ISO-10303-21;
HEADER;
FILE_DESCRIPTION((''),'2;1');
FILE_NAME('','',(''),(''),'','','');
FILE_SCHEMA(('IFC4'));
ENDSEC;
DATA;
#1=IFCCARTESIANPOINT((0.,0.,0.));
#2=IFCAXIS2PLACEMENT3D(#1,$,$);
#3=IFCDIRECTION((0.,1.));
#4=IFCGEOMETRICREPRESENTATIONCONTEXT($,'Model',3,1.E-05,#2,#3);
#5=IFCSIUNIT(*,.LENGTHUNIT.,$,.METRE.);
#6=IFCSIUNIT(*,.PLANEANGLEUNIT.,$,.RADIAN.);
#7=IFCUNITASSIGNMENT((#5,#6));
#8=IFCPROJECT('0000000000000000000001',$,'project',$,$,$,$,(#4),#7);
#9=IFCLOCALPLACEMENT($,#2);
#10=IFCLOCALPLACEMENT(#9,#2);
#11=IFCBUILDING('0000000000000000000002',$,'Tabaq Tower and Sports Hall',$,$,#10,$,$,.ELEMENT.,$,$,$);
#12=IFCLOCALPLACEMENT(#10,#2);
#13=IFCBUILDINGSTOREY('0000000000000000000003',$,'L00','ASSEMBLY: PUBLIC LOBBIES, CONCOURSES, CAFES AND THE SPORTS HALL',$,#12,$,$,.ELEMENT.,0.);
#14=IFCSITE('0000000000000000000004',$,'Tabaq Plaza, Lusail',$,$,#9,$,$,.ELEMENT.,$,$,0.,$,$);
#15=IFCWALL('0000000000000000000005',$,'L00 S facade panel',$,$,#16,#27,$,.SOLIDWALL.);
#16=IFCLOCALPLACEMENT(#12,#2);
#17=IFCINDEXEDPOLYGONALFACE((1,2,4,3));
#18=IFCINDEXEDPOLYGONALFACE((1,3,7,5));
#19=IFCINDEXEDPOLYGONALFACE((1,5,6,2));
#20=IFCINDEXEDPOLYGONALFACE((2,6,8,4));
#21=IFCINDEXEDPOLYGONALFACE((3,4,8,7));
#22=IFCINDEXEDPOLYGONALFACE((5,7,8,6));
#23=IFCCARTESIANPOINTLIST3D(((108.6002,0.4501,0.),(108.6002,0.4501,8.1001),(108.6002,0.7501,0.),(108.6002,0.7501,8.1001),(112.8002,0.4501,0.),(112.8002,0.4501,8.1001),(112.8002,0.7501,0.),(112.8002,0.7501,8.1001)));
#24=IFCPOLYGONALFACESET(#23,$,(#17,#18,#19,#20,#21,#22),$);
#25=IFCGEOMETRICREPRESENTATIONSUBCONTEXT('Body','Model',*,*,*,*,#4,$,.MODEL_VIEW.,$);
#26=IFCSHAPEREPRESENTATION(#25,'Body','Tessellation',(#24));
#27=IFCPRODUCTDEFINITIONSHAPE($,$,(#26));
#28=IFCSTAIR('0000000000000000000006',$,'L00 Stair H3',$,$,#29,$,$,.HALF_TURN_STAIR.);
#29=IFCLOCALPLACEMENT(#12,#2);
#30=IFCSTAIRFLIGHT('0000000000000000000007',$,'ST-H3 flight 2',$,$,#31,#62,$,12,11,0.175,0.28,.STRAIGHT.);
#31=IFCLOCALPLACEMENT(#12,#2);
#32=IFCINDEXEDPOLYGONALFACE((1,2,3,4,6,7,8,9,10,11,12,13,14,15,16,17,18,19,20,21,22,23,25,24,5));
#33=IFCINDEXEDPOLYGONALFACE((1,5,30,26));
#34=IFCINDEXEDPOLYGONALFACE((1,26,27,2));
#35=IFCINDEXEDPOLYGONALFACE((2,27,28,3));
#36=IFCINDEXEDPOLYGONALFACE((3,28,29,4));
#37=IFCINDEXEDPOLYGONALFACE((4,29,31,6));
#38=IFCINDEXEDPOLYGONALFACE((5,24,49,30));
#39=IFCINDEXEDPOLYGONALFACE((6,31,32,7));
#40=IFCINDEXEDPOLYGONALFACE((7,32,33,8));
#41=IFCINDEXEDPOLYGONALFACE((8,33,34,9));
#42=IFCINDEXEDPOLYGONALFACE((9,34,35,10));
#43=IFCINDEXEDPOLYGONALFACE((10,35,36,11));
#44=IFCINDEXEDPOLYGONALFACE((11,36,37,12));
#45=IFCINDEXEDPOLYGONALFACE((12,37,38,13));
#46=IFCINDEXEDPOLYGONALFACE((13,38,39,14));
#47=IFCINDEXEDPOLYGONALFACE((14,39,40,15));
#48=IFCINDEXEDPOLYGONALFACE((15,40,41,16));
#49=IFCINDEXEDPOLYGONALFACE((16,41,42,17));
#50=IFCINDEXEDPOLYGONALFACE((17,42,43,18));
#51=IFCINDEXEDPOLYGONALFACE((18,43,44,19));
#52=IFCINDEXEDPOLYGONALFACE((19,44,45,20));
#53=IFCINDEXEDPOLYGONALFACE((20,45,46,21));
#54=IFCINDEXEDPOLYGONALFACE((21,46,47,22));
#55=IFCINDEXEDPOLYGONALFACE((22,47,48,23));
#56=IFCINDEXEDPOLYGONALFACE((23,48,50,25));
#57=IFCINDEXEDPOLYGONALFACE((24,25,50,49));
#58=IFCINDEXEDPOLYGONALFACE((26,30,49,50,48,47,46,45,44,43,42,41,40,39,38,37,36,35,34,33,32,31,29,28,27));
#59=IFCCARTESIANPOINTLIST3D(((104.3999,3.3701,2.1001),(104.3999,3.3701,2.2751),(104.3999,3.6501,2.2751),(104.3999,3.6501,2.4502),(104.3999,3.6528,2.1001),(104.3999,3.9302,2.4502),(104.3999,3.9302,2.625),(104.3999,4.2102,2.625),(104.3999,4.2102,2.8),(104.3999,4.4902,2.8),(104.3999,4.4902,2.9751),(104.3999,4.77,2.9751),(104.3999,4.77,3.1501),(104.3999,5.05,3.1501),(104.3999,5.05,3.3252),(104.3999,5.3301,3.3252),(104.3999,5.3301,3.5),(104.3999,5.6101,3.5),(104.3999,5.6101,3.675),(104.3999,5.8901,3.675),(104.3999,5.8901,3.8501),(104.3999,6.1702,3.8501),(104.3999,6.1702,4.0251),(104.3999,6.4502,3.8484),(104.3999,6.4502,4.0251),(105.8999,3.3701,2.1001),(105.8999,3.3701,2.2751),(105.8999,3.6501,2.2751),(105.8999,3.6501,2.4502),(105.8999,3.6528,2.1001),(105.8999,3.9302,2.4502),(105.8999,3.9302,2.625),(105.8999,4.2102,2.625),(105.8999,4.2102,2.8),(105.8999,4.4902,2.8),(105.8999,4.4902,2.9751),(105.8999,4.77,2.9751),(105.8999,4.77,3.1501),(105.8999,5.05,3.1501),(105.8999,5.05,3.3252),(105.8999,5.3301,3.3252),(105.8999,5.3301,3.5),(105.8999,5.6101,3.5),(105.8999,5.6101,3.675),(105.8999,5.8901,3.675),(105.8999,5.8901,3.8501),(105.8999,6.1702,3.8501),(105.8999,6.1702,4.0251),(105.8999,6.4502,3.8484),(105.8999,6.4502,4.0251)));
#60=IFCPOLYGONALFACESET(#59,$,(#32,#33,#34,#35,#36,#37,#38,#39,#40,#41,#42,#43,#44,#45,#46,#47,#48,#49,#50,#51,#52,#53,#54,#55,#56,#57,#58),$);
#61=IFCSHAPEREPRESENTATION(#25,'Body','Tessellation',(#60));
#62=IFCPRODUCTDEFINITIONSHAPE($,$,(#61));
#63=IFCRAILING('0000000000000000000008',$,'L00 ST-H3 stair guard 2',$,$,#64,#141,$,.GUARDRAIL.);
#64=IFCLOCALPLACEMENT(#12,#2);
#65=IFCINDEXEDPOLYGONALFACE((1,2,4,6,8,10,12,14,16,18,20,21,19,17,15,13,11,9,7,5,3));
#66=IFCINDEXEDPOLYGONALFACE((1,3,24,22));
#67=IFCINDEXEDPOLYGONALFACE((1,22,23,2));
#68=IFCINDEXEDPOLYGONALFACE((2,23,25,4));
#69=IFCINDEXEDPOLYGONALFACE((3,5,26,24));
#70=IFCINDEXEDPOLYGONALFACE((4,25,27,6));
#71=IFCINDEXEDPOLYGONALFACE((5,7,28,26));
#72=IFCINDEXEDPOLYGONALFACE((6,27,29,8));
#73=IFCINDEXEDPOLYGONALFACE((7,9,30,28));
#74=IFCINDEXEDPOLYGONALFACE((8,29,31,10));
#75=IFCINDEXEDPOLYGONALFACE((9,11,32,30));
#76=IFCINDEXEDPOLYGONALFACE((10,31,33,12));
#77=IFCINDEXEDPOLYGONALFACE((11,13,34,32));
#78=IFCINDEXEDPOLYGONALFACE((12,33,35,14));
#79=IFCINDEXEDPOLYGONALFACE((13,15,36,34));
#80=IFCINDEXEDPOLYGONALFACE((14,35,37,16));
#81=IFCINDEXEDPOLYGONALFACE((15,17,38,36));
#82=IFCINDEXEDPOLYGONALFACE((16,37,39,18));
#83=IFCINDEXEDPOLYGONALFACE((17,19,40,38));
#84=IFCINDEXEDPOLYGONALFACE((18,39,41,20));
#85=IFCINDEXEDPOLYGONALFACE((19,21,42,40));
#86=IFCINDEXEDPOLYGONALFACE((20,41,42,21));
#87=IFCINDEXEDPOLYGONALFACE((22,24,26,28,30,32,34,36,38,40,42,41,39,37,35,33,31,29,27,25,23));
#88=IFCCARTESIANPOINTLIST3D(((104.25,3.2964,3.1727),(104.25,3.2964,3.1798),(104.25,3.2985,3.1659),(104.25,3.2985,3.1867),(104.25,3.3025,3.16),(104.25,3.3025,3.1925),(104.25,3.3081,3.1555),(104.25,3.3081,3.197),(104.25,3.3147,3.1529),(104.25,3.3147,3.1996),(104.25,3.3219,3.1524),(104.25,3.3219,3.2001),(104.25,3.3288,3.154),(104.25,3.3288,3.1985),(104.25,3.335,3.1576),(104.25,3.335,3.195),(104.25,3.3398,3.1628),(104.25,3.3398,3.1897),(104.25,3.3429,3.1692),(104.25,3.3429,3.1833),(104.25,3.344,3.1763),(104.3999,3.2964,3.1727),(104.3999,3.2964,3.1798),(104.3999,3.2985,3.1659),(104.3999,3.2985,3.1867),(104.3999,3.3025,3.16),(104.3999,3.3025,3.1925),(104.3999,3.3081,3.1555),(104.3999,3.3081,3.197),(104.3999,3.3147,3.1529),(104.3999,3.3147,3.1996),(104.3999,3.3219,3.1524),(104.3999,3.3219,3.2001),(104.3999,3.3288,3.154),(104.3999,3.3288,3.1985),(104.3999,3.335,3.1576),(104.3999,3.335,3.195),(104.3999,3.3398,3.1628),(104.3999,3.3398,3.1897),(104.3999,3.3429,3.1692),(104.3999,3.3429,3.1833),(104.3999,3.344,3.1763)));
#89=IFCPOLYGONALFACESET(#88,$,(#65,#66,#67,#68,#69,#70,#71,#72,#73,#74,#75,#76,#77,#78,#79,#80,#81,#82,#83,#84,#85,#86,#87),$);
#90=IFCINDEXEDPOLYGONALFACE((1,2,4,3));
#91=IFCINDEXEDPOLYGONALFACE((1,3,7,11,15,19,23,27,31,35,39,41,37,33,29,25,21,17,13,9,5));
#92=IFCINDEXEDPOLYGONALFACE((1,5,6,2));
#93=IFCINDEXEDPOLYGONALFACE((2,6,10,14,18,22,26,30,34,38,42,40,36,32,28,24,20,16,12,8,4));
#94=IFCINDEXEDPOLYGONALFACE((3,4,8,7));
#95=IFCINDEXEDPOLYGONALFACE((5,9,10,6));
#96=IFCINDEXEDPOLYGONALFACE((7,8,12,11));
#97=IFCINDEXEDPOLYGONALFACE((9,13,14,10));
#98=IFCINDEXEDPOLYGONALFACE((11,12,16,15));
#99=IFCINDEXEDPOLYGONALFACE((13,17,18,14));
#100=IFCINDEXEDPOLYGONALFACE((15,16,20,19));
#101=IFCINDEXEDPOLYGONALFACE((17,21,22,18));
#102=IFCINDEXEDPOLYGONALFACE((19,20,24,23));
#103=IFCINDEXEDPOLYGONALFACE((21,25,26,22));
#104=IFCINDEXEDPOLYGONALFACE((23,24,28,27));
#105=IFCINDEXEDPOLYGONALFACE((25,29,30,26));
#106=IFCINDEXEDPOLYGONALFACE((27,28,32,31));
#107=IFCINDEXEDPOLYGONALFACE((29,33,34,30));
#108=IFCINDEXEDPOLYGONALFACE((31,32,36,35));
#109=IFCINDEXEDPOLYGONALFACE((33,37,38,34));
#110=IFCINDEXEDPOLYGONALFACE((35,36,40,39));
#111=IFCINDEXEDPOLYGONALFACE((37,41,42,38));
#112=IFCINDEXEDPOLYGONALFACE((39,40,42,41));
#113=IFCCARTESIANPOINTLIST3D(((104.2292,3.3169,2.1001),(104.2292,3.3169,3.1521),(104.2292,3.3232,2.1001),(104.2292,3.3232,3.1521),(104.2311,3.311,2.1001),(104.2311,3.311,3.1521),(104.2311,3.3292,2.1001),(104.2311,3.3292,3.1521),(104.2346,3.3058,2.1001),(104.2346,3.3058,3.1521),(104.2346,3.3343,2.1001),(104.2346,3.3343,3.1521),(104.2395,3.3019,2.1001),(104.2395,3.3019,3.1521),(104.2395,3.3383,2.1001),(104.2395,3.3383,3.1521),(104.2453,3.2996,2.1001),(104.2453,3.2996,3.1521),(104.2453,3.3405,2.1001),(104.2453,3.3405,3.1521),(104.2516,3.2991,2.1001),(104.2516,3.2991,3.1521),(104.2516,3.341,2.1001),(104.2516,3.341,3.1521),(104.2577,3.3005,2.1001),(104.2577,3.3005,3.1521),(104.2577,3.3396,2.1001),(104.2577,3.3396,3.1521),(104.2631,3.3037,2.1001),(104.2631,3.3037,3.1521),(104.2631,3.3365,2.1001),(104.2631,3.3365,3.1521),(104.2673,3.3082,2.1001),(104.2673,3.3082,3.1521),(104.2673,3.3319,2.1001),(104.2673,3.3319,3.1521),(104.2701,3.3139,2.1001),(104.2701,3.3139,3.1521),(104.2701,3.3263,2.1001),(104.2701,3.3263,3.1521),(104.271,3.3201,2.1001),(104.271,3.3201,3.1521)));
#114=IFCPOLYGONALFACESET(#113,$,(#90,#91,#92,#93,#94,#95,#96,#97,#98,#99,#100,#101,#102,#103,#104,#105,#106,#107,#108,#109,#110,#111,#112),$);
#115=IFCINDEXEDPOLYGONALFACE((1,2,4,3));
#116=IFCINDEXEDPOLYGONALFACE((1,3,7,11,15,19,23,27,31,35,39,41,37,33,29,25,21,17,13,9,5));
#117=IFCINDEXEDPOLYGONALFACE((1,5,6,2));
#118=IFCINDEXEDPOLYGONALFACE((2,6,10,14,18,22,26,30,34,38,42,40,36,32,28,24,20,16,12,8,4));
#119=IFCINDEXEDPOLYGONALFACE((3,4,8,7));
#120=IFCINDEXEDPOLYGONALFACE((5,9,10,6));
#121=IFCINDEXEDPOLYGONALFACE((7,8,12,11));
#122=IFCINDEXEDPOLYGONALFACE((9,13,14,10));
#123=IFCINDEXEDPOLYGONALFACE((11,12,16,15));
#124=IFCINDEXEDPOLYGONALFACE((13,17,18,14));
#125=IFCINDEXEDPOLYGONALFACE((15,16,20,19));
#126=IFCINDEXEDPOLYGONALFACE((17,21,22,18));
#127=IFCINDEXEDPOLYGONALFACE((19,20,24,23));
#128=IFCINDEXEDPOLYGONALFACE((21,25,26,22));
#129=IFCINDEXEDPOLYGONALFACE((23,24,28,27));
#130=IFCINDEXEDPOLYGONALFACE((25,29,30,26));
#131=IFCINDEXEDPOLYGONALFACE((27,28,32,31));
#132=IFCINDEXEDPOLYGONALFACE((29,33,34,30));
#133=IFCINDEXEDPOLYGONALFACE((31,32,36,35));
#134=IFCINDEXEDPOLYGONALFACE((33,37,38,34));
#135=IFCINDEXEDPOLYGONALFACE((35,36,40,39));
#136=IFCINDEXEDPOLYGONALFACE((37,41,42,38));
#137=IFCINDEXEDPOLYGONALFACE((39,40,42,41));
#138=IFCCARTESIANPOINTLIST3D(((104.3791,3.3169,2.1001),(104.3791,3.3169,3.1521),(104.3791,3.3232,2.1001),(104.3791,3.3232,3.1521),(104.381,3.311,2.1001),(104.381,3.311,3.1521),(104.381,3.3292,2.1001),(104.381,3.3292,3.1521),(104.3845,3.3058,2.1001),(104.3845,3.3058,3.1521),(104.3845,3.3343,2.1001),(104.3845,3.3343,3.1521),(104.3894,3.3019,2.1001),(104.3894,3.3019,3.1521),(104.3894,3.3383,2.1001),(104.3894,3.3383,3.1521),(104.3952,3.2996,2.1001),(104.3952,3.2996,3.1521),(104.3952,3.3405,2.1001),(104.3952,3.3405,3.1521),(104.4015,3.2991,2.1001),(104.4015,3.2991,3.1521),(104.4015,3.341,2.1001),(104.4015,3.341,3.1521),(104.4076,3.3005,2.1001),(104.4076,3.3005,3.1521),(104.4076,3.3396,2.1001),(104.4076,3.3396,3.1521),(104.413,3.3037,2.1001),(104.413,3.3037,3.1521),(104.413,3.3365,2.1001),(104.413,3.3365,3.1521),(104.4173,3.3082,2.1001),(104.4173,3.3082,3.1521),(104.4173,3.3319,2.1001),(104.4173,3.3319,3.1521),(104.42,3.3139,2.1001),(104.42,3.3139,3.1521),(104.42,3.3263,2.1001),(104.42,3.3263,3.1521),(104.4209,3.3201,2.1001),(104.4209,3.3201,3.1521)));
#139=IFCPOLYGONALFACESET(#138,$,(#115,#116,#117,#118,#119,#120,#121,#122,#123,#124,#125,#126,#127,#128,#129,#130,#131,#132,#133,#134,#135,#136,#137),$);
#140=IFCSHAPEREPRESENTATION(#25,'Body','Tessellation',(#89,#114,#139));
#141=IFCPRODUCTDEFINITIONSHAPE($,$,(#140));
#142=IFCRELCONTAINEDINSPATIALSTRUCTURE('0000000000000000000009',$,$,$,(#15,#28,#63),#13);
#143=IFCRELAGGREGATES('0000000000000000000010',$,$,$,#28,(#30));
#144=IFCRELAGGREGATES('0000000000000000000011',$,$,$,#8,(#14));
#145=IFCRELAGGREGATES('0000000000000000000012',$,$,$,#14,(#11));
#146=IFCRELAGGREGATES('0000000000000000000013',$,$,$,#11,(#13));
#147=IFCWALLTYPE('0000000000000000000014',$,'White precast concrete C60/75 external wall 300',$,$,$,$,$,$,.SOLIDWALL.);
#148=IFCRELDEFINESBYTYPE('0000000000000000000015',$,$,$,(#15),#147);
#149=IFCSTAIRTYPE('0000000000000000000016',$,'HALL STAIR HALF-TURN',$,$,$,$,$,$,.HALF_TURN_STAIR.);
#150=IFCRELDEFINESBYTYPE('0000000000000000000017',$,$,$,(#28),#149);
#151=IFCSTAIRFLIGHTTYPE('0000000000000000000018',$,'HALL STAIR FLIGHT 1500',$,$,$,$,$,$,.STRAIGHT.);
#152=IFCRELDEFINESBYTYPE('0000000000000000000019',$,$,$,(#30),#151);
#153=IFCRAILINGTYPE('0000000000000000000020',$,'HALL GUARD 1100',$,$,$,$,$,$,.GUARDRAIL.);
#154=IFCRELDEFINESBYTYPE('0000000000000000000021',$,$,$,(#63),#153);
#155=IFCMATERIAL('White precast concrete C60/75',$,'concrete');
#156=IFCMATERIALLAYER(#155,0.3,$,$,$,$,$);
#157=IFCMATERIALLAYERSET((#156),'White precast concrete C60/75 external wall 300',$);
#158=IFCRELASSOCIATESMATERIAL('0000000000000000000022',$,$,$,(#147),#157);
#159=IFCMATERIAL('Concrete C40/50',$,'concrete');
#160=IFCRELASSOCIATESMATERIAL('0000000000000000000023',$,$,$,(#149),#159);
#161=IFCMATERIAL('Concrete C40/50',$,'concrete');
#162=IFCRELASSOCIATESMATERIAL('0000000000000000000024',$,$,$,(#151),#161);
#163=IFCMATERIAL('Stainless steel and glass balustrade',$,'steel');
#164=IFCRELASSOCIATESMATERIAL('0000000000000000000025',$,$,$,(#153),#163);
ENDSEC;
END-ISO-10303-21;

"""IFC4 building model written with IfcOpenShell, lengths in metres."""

from ifc_helpers import new_model, si_unit, direction, frame, frame_2d, origin, origin_2d, place, context, subcontext, project, spatial, polyline, rectangle, circle, outline, extrude, material, layer, layer_set, type_object, element, aggregate, save


model = new_model("IFC4")

# Units and contexts
model_context = context("Model", 3, precision=1e-05, world=origin(), true_north=direction((0.0, 1.0)))
body_context = subcontext(model_context, "Body", "Model", "MODEL_VIEW")
ifc_project = project(units=[si_unit("LENGTHUNIT", "METRE"), si_unit("PLANEANGLEUNIT", "RADIAN")], contexts=[model_context])

# Site, building, storey
site_placement = place(None, origin())
site = spatial("IfcSite", under=ifc_project, at=site_placement, Name="Tabaq Plaza, Lusail", CompositionType="ELEMENT", RefElevation=0.0)
building_placement = place(site_placement, origin())
building = spatial("IfcBuilding", under=site, at=building_placement, Name="Tabaq Tower and Sports Hall", CompositionType="ELEMENT")
storey_placement = place(building_placement, origin())
storey = spatial("IfcBuildingStorey", under=building, at=storey_placement, Name="L00", Description="ASSEMBLY: PUBLIC LOBBIES, CONCOURSES, CAFES AND THE SPORTS HALL", CompositionType="ELEMENT", Elevation=0.0)

# Shared definitions
ifc_material_1 = material(Name="White precast concrete C60/75", Category="concrete")
ifc_layer_1 = layer(ifc_material_1, 0.3)
ifc_layer_set_1 = layer_set([ifc_layer_1], Name="White precast concrete C60/75 external wall 300")
wall_type_1 = type_object("IfcWallType", Name="White precast concrete C60/75 external wall 300", PredefinedType="SOLIDWALL", material=ifc_layer_set_1)

# Wall
wall_1_placement = place(storey_placement, frame((108.6001, 0.6001, 0.0), z_axis=(0.0, 0.0, 1.0), x_axis=(1.0, 0.0, 0.0)))
element("IfcWall", 1, at=wall_1_placement, inside=storey, type_object=wall_type_1, Name="L00 S facade panel", PredefinedType="SOLIDWALL", context=body_context, shape_type="SweptSolid", body=[
    extrude(rectangle(XDim=4.2, YDim=0.3, at=frame_2d((2.1001, 0.0))), origin(), (0.0, 0.0, 1.0), 8.1001),
])

# Stair, stair flight
ifc_material_2 = material(Name="Concrete C40/50", Category="concrete")
stair_type = type_object("IfcStairType", Name="HALL STAIR HALF-TURN", PredefinedType="HALF_TURN_STAIR", material=ifc_material_2)
stair_placement = place(storey_placement, origin())
stair = element("IfcStair", 2, at=stair_placement, inside=storey, type_object=stair_type, Name="L00 Stair H3", PredefinedType="HALF_TURN_STAIR")
ifc_material_3 = material(Name="Concrete C40/50", Category="concrete")
stair_flight_type = type_object("IfcStairFlightType", Name="HALL STAIR FLIGHT 1500", PredefinedType="STRAIGHT", material=ifc_material_3)
stair_flight_placement = place(storey_placement, frame((105.1499, 3.3701, 2.1001), z_axis=(0.0, 0.0, 1.0), x_axis=(0.0, 1.0, 0.0)))
stair_flight = element("IfcStairFlight", 3, at=stair_flight_placement, type_object=stair_flight_type, Name="ST-H3 flight 2", NumberOfRisers=12, NumberOfTreads=11, PredefinedType="STRAIGHT", RiserHeight=0.175, TreadLength=0.28, context=body_context, shape_type="SweptSolid", body=[
    extrude(outline(polyline([(0.0, 0.0), (0.0, 0.175), (0.28, 0.175), (0.28, 0.3501), (0.5601, 0.3501), (0.5601, 0.5249), (0.8401, 0.5249), (0.8401, 0.7), (1.1201, 0.7), (1.1201, 0.875), (1.3999, 0.875), (1.3999, 1.05), (1.6799, 1.05), (1.6799, 1.2251), (1.96, 1.2251), (1.96, 1.3999), (2.24, 1.3999), (2.24, 1.575), (2.52, 1.575), (2.52, 1.75), (2.8, 1.75), (2.8, 1.925), (3.0801, 1.925), (3.0801, 2.1001), (3.0801, 1.7483), (0.2827, 0.0), (0.0, 0.0)])), frame((0.0, 0.75, 0.0), z_axis=(0.0, -1.0, 0.0), x_axis=(1.0, 0.0, 0.0)), (0.0, 0.0, 1.0), 1.5),
])
aggregate(stair, [stair_flight])

# Railing
ifc_material_4 = material(Name="Stainless steel and glass balustrade", Category="steel")
railing_type = type_object("IfcRailingType", Name="HALL GUARD 1100", PredefinedType="GUARDRAIL", material=ifc_material_4)
railing_1_placement = place(storey_placement, frame((104.25, 3.3201, 2.1001)))
element("IfcRailing", 4, at=railing_1_placement, inside=storey, type_object=railing_type, Name="L00 ST-H3 stair guard 2", PredefinedType="GUARDRAIL", context=body_context, shape_type="SweptSolid", body=[
    extrude(circle(Radius=0.0239, at=origin_2d()), frame((0.0, 0.0, 1.0762), z_axis=(1.0, 0.0, 0.0), x_axis=(0.0, 1.0, 0.0)), (0.0, 0.0, 1.0), 0.1499),
    extrude(circle(Radius=0.021, at=origin_2d()), origin(), (0.0, 0.0, 1.0), 1.052),
    extrude(circle(Radius=0.021, at=origin_2d()), frame((0.1499, 0.0, 0.0)), (0.0, 0.0, 1.0), 1.052),
])

save(model, "model.ifc")
